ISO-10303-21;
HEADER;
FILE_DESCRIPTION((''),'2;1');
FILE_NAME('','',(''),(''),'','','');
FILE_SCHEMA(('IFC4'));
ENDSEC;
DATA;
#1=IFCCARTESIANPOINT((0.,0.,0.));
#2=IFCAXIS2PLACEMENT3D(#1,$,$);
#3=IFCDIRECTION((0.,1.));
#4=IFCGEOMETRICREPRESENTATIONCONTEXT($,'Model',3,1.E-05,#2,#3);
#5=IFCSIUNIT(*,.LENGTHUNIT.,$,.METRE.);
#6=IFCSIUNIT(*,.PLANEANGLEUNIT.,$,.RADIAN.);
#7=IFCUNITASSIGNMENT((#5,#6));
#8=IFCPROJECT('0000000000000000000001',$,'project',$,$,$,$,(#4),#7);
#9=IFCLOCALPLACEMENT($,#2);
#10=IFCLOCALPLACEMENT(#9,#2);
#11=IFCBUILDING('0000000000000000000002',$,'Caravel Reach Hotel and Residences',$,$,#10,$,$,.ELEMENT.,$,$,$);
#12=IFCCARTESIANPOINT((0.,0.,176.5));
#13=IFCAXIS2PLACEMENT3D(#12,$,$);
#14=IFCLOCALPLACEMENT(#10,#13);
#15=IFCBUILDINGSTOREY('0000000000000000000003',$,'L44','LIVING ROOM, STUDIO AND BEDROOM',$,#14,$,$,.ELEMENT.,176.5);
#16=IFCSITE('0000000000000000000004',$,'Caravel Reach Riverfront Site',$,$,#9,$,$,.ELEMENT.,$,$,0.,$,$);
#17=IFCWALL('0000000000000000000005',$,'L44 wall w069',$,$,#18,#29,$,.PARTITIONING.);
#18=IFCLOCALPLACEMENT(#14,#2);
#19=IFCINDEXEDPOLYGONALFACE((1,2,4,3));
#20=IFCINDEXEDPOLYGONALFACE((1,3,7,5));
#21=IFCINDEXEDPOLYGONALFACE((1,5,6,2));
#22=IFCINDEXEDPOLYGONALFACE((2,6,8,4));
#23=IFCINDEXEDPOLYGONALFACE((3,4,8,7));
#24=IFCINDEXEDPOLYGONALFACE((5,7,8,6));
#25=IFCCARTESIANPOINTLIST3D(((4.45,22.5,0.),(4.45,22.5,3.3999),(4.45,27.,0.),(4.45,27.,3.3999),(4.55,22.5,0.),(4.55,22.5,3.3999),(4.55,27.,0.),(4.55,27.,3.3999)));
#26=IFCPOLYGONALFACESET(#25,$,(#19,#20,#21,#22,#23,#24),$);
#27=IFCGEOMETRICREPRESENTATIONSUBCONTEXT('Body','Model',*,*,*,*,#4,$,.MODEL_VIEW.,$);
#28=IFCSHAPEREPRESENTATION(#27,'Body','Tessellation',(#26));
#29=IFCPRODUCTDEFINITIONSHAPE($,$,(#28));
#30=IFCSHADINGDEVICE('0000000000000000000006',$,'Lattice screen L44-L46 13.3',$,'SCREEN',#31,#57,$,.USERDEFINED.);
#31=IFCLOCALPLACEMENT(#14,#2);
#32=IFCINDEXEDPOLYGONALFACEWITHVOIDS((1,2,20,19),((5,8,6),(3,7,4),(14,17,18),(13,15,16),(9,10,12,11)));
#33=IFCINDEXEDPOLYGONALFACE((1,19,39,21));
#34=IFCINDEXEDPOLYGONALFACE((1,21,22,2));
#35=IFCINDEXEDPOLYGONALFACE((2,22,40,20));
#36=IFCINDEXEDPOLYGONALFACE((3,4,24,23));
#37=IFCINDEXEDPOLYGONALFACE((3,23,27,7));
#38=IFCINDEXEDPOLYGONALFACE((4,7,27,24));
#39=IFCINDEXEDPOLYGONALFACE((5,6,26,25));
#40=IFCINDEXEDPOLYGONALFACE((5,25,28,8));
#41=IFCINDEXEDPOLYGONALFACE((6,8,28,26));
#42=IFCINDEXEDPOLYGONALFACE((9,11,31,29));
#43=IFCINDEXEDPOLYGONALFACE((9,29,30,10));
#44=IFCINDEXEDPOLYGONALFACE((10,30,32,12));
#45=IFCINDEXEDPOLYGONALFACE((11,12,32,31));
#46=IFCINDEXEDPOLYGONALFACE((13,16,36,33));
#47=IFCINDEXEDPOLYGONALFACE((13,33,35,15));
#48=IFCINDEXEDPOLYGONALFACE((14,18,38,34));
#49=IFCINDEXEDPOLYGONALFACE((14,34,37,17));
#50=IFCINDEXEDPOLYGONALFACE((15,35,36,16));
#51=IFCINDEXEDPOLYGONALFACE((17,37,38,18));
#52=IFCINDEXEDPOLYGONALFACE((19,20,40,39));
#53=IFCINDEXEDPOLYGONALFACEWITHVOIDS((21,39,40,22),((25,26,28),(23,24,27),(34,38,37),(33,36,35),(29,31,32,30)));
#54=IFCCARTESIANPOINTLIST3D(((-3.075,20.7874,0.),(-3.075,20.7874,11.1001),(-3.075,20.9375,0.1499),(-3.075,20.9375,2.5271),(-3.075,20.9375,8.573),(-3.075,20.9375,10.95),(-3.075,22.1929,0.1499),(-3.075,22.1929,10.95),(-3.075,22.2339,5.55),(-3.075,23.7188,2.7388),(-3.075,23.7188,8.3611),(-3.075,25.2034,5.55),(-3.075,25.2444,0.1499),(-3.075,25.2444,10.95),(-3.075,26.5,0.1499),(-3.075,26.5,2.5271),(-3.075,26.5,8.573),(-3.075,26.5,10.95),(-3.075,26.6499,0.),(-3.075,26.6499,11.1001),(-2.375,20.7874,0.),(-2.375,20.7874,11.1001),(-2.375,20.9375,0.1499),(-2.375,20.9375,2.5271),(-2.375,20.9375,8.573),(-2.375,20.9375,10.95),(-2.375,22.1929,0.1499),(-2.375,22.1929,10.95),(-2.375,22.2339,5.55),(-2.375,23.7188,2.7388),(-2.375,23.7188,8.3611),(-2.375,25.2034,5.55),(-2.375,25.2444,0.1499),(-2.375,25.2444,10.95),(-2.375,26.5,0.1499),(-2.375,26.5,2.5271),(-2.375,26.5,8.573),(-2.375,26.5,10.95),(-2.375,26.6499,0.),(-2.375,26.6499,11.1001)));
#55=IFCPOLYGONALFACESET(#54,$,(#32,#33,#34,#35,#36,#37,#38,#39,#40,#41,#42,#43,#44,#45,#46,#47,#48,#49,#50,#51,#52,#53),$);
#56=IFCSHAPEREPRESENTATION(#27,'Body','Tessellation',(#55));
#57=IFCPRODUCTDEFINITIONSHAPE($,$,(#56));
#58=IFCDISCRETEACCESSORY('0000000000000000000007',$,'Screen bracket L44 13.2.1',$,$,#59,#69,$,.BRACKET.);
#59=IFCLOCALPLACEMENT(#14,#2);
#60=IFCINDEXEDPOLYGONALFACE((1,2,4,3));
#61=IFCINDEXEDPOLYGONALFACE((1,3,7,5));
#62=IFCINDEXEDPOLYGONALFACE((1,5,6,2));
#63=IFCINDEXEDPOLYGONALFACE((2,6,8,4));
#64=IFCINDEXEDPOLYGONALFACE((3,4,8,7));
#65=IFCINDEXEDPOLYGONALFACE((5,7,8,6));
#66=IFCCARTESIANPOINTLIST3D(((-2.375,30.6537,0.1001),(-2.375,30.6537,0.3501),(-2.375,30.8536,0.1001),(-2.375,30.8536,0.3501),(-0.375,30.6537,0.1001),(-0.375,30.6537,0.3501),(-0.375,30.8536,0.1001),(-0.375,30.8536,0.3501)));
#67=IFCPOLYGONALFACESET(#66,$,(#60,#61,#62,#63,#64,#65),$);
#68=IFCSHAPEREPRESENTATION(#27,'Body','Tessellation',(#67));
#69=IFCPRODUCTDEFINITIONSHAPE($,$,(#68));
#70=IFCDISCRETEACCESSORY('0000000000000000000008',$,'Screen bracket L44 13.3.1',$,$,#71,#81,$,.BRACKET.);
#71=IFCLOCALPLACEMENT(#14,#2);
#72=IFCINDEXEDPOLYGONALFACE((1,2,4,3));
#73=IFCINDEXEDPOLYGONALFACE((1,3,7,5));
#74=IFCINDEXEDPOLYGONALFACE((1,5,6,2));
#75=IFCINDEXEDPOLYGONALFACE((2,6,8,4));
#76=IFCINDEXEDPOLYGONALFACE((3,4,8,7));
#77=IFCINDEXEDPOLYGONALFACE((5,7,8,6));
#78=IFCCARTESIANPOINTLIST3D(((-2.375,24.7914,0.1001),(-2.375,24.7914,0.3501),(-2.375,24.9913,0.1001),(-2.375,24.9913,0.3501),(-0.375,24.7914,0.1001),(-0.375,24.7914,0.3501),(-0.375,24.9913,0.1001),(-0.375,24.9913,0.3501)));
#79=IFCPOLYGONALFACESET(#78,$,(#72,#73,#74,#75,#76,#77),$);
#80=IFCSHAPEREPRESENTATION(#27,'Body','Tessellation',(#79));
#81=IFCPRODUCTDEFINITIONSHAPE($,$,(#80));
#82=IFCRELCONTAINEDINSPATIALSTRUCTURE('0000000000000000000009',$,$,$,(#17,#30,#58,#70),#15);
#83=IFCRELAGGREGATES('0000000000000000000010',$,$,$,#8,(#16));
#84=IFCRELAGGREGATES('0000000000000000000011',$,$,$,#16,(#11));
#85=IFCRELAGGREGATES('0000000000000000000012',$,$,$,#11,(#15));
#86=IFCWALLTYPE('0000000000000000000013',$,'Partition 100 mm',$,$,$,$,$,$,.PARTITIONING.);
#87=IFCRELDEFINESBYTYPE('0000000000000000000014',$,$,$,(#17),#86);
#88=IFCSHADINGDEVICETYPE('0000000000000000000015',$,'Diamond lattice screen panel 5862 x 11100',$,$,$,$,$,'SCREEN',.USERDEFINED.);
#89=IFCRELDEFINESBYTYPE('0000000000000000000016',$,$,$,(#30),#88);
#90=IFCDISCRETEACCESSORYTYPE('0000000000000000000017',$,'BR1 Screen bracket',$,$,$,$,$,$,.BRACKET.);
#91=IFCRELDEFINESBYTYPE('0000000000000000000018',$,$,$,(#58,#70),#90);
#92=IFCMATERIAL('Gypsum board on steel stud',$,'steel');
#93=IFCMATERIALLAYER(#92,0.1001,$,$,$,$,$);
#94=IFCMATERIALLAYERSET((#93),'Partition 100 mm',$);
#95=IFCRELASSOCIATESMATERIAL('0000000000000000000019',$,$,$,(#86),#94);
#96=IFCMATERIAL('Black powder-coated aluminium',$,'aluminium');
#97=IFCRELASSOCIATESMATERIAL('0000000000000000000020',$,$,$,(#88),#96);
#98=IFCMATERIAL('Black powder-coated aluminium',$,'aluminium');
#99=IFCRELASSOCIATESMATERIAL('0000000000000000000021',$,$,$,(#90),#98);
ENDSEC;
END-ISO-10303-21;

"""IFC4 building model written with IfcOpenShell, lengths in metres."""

from ifc_helpers import new_model, si_unit, direction, frame, frame_2d, origin, origin_2d, place, context, subcontext, project, spatial, polyline, rectangle, outline, extrude, material, layer, layer_set, type_object, element, save


model = new_model("IFC4")

# Units and contexts
model_context = context("Model", 3, precision=1e-05, world=origin(), true_north=direction((0.0, 1.0)))
body_context = subcontext(model_context, "Body", "Model", "MODEL_VIEW")
ifc_project = project(units=[si_unit("LENGTHUNIT", "METRE"), si_unit("PLANEANGLEUNIT", "RADIAN")], contexts=[model_context])

# Site, building, storey
site_placement = place(None, origin())
site = spatial("IfcSite", under=ifc_project, at=site_placement, Name="Caravel Reach Riverfront Site", CompositionType="ELEMENT", RefElevation=0.0)
building_placement = place(site_placement, origin())
building = spatial("IfcBuilding", under=site, at=building_placement, Name="Caravel Reach Hotel and Residences", CompositionType="ELEMENT")
storey_placement = place(building_placement, frame((0.0, 0.0, 176.5)))
storey = spatial("IfcBuildingStorey", under=building, at=storey_placement, Name="L44", Description="LIVING ROOM, STUDIO AND BEDROOM", CompositionType="ELEMENT", Elevation=176.5)

# Shared definitions
ifc_material_1 = material(Name="Gypsum board on steel stud", Category="steel")
ifc_layer_1 = layer(ifc_material_1, 0.1001)
ifc_layer_set_1 = layer_set([ifc_layer_1], Name="Partition 100 mm")
wall_type_1 = type_object("IfcWallType", Name="Partition 100 mm", PredefinedType="PARTITIONING", material=ifc_layer_set_1)

# Wall
wall_1_placement = place(storey_placement, frame((4.5, 22.5, 0.0), z_axis=(0.0, 0.0, 1.0), x_axis=(0.0, 1.0, 0.0)))
element("IfcWall", 1, at=wall_1_placement, inside=storey, type_object=wall_type_1, Name="L44 wall w069", PredefinedType="PARTITIONING", context=body_context, shape_type="SweptSolid", body=[
    extrude(rectangle(XDim=4.5, YDim=0.1001, at=frame_2d((2.25, 0.0))), origin(), (0.0, 0.0, 1.0), 3.3999),
])

# Shading device
ifc_material_2 = material(Name="Black powder-coated aluminium", Category="aluminium")
shading_device_type = type_object("IfcShadingDeviceType", Name="Diamond lattice screen panel 5862 x 11100", ElementType="SCREEN", PredefinedType="USERDEFINED", material=ifc_material_2)
shading_device_placement = place(storey_placement, frame((-2.375, 26.6499, 0.0), z_axis=(-1.0, 0.0, 0.0), x_axis=(0.0, -1.0, 0.0)))
element("IfcShadingDevice", 2, at=shading_device_placement, inside=storey, type_object=shading_device_type, Name="Lattice screen L44-L46 13.3", ObjectType="SCREEN", PredefinedType="USERDEFINED", context=body_context, shape_type="SweptSolid", body=[
    extrude(outline(polyline([(0.0, 0.0), (5.8625, 0.0), (5.8625, 11.1001), (0.0, 11.1001), (0.0, 0.0)]), holes=[polyline([(1.4055, 0.1499), (0.1499, 2.5271), (0.1499, 0.1499), (1.4055, 0.1499)]), polyline([(0.1499, 8.573), (1.4055, 10.95), (0.1499, 10.95), (0.1499, 8.573)]), polyline([(2.9312, 8.3611), (1.4465, 5.55), (2.9312, 2.7388), (4.416, 5.55), (2.9312, 8.3611)]), polyline([(5.7124, 2.5271), (4.457, 0.1499), (5.7124, 0.1499), (5.7124, 2.5271)]), polyline([(4.457, 10.95), (5.7124, 8.573), (5.7124, 10.95), (4.457, 10.95)])]), origin(), (0.0, 0.0, 1.0), 0.7),
])

# Discrete accessories
ifc_material_3 = material(Name="Black powder-coated aluminium", Category="aluminium")
discrete_accessory_type = type_object("IfcDiscreteAccessoryType", Name="BR1 Screen bracket", PredefinedType="BRACKET", material=ifc_material_3)
for number, where, z_axis, x_axis, name in (
    (3, (-1.375, 30.7537, 0.1001), (0.0, 0.0, 1.0), (-1.0, 0.0, 0.0), "Screen bracket L44 13.2.1"),
    (4, (-1.375, 24.8914, 0.1001), (0.0, 0.0, 1.0), (-1.0, 0.0, 0.0), "Screen bracket L44 13.3.1"),
):
    element("IfcDiscreteAccessory", number, at=place(storey_placement, frame(where, z_axis=z_axis, x_axis=x_axis)), inside=storey, type_object=discrete_accessory_type, Name=name, PredefinedType="BRACKET", context=body_context, shape_type="SweptSolid", body=[
        extrude(rectangle(XDim=2.0, YDim=0.2, at=origin_2d()), origin(), (0.0, 0.0, 1.0), 0.25),
    ])

save(model, "model.ifc")
